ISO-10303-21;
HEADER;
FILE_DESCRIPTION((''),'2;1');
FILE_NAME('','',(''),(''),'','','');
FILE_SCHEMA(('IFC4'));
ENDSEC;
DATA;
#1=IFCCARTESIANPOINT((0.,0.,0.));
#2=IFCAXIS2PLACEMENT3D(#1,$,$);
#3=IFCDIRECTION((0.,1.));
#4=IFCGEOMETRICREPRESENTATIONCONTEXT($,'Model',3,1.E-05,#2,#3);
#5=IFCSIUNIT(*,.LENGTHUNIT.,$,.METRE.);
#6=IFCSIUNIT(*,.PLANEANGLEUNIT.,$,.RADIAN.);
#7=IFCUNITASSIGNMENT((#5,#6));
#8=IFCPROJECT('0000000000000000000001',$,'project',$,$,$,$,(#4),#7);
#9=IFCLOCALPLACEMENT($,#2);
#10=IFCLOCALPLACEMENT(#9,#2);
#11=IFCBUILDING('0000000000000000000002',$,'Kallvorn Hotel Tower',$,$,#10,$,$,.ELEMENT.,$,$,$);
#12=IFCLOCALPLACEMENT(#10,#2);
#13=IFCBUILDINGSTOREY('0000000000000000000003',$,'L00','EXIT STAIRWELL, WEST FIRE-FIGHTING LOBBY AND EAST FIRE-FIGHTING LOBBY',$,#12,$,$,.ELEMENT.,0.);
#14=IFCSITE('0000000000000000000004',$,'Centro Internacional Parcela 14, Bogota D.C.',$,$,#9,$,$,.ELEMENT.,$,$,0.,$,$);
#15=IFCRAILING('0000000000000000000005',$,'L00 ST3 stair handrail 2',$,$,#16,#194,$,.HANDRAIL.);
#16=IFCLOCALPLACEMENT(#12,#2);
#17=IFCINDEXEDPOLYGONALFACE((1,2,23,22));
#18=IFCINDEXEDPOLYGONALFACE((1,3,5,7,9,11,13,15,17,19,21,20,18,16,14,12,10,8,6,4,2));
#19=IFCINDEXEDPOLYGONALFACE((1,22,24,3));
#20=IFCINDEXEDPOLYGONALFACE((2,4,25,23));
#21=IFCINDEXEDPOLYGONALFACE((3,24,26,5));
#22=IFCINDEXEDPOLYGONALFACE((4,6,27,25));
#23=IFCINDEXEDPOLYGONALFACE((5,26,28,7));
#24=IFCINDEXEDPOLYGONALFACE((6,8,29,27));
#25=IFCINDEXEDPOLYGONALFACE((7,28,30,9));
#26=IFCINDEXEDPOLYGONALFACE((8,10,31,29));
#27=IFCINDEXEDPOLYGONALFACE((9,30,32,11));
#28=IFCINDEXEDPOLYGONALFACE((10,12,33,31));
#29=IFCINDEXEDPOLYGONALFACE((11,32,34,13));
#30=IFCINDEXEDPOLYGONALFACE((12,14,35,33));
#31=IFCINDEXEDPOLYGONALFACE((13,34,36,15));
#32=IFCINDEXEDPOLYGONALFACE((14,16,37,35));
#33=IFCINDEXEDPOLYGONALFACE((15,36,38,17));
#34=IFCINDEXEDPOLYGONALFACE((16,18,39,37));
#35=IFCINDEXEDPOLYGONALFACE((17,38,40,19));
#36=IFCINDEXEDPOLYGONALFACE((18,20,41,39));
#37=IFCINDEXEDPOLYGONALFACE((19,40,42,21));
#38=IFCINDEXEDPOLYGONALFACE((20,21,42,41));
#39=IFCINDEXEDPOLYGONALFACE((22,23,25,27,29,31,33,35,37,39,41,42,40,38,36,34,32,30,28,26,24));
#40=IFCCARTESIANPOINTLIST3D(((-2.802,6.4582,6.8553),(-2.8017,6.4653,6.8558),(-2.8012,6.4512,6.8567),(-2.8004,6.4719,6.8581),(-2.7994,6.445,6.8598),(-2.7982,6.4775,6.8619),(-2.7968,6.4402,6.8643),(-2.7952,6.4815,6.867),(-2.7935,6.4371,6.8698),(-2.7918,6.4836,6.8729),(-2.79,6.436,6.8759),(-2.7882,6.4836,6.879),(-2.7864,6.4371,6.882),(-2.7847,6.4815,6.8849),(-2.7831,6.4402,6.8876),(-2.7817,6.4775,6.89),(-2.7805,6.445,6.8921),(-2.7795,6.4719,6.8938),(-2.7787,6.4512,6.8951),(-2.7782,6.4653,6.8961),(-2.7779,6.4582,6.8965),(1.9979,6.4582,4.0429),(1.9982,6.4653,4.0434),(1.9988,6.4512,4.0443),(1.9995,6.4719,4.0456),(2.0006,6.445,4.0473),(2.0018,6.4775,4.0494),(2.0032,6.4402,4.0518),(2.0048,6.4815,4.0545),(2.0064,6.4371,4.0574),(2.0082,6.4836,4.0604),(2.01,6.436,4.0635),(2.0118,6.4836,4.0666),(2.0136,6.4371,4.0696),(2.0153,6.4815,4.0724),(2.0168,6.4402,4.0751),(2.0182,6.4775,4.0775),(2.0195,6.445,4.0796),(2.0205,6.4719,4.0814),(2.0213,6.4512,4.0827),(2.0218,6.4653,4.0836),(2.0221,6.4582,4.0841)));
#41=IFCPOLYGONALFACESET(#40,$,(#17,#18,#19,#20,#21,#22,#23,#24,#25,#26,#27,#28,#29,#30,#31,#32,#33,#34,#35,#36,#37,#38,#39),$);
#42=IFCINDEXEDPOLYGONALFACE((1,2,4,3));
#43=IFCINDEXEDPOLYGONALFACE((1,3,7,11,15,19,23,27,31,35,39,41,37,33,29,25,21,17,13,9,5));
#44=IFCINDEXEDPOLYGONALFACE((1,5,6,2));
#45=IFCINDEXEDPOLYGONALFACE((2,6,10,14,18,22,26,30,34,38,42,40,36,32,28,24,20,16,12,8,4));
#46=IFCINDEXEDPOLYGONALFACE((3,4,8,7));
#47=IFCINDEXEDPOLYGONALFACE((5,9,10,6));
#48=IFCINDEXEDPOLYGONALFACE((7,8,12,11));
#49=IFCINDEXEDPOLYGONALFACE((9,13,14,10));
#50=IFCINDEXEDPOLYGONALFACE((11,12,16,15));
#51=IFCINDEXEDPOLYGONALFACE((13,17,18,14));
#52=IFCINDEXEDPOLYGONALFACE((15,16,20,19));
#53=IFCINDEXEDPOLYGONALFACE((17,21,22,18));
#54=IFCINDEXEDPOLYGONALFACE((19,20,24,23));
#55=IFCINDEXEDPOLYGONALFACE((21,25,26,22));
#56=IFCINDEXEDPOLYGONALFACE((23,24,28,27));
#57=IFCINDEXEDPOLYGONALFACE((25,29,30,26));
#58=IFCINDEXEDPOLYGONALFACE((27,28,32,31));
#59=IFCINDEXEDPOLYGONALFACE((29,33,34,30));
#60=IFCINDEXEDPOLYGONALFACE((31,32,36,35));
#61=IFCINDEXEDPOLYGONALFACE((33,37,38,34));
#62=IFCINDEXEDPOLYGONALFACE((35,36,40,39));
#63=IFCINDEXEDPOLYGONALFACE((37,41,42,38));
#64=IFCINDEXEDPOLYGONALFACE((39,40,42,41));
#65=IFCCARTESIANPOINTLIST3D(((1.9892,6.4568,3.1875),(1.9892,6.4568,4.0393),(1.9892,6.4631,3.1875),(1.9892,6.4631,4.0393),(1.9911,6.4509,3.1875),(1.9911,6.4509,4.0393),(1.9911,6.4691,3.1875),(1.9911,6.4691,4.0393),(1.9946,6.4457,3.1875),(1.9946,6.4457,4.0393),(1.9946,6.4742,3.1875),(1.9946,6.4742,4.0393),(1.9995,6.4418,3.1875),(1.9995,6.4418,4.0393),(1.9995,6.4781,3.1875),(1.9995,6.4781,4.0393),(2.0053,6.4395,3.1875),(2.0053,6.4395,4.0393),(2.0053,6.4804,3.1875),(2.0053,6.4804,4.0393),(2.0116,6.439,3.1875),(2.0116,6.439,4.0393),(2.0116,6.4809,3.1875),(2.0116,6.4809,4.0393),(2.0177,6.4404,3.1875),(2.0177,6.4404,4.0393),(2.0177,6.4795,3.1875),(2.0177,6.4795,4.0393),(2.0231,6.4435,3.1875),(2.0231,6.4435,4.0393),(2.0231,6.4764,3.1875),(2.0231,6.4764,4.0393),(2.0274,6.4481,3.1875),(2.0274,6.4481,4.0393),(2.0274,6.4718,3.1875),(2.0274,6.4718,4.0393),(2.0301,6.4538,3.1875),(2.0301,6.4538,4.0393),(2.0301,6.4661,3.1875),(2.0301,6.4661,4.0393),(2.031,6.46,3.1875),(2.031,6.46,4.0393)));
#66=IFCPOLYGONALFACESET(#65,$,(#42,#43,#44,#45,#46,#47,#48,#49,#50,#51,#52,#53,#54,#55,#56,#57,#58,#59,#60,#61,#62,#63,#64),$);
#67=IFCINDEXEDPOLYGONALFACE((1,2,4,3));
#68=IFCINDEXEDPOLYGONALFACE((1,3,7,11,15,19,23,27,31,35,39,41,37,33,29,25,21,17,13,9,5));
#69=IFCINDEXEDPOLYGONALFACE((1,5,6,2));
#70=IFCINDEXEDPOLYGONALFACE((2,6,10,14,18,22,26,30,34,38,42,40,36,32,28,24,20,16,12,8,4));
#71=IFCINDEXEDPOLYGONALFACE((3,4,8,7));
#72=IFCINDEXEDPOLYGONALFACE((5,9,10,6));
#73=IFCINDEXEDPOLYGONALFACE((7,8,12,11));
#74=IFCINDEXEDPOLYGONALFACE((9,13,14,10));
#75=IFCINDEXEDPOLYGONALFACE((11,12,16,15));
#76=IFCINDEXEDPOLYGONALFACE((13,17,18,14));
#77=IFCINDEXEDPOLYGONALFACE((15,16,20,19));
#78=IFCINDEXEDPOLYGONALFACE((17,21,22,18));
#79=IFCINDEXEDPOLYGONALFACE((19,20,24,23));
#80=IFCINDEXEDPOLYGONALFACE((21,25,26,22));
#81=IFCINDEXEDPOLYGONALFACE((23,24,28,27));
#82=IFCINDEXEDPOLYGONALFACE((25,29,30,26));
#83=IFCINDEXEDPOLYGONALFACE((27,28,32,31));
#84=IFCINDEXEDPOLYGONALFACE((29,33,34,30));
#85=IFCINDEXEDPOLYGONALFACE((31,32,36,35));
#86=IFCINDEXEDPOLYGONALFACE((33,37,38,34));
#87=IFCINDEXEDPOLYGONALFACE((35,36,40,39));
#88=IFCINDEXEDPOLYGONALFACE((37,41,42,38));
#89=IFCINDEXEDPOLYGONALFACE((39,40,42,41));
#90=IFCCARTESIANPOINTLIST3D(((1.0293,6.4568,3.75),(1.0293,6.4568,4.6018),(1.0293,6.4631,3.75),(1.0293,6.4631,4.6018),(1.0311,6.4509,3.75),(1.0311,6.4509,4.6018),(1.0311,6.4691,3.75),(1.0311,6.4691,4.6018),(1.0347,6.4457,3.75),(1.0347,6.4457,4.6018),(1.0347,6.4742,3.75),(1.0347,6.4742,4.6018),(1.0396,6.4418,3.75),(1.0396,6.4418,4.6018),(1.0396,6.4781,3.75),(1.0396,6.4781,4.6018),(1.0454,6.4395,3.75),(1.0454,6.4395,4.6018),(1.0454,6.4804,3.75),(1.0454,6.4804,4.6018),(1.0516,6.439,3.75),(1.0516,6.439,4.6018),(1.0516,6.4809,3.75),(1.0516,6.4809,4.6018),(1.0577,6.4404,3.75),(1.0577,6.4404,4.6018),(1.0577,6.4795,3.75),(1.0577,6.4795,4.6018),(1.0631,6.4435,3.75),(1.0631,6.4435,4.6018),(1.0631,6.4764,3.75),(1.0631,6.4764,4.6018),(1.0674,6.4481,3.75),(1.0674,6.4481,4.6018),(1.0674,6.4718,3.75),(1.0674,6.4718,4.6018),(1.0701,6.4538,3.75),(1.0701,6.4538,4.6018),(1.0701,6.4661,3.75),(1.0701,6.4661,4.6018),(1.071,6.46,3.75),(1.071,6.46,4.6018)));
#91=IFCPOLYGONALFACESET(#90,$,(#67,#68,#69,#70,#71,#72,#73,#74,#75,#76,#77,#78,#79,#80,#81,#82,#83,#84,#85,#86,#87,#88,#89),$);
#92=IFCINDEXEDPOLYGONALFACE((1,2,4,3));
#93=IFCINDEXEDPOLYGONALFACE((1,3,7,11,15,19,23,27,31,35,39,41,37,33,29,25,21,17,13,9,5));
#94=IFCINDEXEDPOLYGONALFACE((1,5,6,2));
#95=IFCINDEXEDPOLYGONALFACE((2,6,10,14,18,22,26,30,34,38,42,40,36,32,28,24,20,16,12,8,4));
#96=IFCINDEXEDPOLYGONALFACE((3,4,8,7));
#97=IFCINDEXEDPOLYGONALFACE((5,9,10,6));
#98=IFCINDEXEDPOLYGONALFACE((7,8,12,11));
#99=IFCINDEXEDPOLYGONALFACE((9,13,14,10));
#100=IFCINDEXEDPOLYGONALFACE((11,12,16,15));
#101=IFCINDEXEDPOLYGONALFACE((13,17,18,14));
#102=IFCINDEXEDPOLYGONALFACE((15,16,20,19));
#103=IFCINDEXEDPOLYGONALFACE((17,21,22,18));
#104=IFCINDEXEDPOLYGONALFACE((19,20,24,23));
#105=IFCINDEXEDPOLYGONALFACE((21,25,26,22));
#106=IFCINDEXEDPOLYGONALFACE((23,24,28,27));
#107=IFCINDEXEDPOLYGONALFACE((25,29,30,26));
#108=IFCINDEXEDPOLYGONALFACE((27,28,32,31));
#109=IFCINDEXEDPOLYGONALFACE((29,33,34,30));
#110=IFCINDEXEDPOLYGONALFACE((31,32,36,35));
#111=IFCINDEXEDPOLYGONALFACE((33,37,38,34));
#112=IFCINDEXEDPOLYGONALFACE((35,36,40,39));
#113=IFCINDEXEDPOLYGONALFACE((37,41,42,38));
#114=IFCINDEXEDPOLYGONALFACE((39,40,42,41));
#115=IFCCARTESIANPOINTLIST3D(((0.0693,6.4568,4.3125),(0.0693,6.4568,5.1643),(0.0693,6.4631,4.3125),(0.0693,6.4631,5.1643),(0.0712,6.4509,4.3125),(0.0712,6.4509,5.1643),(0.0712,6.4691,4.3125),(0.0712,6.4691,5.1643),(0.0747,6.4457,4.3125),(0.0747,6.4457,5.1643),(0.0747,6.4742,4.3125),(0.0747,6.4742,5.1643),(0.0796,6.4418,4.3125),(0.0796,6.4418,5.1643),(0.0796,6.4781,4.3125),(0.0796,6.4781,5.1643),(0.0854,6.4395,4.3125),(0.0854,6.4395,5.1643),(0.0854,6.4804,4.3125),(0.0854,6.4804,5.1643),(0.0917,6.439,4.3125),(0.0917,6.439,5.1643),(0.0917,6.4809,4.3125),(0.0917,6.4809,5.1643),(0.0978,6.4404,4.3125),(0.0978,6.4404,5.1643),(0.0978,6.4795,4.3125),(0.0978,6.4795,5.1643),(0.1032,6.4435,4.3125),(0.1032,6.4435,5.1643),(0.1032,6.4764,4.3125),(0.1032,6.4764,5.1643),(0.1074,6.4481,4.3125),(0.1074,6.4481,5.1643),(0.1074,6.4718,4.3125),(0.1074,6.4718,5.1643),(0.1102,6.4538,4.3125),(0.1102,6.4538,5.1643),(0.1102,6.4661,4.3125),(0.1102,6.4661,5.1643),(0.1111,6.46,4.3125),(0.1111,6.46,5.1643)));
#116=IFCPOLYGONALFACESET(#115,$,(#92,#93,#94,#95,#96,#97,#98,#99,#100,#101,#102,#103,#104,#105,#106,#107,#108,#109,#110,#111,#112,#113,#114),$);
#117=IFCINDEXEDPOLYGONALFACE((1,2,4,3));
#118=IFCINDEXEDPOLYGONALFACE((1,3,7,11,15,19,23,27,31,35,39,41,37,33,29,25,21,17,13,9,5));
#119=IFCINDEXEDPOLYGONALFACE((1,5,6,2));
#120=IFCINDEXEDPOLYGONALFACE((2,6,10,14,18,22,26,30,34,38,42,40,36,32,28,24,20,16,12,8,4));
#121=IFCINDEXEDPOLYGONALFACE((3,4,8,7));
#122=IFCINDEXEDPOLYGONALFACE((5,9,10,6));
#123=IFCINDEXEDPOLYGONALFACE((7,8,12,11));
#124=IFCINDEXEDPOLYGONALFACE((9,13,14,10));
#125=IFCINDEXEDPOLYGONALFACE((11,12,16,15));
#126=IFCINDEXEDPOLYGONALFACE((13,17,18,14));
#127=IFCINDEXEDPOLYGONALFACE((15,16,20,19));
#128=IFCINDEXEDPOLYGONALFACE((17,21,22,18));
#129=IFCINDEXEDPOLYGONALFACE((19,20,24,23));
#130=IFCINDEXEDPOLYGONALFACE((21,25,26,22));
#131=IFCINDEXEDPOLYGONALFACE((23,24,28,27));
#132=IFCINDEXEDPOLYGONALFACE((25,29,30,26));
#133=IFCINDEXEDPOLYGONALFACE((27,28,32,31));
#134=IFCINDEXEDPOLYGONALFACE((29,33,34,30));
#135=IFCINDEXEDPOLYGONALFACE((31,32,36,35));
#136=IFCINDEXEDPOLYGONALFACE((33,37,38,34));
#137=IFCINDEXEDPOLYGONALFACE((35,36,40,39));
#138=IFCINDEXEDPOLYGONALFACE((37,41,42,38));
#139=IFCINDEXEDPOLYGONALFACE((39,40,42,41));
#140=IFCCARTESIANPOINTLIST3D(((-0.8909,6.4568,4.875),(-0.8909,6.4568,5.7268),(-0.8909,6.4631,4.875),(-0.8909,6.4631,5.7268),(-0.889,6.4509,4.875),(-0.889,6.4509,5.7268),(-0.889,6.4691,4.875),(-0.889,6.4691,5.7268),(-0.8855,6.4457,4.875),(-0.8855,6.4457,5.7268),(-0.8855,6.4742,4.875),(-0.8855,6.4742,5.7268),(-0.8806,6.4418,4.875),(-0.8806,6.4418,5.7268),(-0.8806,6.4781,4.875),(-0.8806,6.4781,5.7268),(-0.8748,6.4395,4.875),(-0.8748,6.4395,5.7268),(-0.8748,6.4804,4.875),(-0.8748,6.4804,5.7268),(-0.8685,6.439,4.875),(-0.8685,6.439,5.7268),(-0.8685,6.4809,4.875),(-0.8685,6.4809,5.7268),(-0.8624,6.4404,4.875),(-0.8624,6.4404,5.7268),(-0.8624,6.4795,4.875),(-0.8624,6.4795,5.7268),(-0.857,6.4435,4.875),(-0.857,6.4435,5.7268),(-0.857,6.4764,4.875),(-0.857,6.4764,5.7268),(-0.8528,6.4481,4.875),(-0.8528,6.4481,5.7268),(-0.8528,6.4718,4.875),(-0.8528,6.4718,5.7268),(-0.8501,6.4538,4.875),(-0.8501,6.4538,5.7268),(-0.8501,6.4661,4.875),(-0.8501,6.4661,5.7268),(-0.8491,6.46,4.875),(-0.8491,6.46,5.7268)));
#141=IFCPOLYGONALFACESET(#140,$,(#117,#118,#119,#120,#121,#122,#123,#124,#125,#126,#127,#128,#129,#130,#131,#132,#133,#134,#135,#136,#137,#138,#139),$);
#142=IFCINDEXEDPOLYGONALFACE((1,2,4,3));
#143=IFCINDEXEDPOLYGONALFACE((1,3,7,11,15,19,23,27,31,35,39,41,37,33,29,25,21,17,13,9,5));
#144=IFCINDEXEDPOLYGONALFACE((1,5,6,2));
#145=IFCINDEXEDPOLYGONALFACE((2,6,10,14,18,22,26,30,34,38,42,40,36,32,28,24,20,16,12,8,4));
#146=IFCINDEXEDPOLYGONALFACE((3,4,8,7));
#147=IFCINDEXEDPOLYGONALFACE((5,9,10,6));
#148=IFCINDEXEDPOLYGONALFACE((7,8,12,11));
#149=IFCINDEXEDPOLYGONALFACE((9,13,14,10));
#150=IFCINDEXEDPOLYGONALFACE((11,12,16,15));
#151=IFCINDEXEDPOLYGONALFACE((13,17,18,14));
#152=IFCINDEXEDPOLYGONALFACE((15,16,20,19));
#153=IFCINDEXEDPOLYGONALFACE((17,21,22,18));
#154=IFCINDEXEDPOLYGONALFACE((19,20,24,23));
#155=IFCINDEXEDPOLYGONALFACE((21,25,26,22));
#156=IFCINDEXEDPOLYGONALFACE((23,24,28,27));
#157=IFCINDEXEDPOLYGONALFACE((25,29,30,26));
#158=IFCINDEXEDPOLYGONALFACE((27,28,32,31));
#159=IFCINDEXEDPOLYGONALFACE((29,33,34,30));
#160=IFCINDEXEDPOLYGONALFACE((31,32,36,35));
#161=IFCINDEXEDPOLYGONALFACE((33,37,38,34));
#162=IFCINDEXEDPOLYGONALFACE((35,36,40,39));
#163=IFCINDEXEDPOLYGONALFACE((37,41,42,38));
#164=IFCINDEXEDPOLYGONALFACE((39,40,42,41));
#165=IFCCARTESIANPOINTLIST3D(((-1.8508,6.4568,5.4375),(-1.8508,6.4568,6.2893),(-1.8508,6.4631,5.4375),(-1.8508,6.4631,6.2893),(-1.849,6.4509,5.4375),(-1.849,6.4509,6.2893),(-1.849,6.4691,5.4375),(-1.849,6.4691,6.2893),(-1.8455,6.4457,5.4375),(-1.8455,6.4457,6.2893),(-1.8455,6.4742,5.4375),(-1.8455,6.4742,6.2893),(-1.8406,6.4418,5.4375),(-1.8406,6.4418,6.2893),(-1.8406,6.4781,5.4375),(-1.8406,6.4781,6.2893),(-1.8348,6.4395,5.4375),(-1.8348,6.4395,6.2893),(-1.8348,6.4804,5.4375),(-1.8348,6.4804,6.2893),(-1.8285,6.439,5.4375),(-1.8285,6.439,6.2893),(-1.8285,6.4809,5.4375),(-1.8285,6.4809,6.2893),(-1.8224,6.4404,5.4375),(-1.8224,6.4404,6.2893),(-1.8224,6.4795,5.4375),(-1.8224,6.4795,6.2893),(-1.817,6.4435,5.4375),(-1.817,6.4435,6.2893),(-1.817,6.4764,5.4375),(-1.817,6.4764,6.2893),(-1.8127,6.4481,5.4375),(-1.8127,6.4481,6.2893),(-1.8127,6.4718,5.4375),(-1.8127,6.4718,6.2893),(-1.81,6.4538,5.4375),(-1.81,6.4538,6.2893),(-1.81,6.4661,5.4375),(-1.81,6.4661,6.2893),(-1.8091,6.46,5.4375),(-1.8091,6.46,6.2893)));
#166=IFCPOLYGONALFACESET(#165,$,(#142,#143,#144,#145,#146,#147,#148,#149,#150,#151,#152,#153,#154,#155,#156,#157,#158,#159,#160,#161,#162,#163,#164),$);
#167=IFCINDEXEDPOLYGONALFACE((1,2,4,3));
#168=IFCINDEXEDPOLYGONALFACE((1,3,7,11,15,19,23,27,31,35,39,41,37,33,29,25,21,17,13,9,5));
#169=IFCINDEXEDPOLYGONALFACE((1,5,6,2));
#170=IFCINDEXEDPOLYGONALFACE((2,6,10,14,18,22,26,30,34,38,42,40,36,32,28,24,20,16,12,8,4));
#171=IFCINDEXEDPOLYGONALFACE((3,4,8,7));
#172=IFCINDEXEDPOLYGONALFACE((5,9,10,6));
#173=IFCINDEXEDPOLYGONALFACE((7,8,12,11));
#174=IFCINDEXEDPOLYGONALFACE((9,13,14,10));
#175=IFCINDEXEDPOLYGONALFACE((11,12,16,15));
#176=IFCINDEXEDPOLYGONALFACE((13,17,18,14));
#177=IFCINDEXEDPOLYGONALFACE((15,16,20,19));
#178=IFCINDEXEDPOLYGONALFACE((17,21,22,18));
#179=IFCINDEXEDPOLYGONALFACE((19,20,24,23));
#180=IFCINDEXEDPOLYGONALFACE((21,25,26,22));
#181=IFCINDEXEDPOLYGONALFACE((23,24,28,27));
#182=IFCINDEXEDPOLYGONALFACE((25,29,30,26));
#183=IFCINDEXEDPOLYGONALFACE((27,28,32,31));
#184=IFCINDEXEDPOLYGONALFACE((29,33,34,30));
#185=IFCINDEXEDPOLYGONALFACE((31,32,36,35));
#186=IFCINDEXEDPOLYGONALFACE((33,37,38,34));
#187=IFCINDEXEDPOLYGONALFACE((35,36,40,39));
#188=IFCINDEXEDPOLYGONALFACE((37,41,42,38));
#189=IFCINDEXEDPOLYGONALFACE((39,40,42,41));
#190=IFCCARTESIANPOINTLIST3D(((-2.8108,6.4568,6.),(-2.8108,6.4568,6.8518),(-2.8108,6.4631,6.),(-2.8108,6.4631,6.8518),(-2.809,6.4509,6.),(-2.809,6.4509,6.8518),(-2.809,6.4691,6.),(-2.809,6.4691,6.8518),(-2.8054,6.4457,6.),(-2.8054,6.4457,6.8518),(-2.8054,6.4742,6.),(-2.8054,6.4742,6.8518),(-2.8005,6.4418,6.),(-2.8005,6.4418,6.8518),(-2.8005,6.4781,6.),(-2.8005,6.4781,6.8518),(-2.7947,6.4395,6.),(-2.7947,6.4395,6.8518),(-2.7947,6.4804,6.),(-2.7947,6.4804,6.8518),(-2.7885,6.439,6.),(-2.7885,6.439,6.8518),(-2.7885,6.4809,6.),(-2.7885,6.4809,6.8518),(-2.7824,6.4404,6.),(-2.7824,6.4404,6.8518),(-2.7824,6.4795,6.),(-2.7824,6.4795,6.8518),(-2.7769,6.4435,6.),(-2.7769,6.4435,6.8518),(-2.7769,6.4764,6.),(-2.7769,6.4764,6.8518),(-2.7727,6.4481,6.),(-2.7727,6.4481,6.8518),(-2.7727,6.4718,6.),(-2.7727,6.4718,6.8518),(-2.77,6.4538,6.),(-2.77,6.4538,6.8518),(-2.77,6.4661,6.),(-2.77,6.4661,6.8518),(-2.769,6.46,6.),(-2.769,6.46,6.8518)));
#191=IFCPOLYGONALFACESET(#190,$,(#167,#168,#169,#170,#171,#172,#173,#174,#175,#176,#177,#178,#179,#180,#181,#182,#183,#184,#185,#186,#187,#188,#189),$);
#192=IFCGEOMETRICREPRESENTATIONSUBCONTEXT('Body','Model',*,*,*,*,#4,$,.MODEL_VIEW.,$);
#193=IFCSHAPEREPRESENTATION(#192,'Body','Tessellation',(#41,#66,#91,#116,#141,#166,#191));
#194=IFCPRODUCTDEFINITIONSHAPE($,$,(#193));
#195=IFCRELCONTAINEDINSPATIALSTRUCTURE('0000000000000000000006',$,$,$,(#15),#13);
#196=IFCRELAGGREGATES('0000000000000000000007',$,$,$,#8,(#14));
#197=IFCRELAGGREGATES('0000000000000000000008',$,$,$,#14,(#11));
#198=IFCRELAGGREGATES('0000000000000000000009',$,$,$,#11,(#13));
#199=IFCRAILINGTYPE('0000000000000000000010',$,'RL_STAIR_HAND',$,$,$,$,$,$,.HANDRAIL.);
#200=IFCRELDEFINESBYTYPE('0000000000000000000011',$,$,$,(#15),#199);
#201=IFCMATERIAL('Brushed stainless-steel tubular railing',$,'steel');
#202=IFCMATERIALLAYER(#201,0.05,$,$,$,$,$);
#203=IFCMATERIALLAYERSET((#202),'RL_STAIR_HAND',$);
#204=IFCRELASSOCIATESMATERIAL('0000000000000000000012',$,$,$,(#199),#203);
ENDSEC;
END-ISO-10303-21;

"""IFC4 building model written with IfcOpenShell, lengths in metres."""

from ifc_helpers import new_model, si_unit, direction, frame, origin, origin_2d, place, context, subcontext, project, spatial, circle, extrude, material, layer, layer_set, type_object, element, save


model = new_model("IFC4")

# Units and contexts
model_context = context("Model", 3, precision=1e-05, world=origin(), true_north=direction((0.0, 1.0)))
body_context = subcontext(model_context, "Body", "Model", "MODEL_VIEW")
ifc_project = project(units=[si_unit("LENGTHUNIT", "METRE"), si_unit("PLANEANGLEUNIT", "RADIAN")], contexts=[model_context])

# Site, building, storey
site_placement = place(None, origin())
site = spatial("IfcSite", under=ifc_project, at=site_placement, Name="Centro Internacional Parcela 14, Bogota D.C.", CompositionType="ELEMENT", RefElevation=0.0)
building_placement = place(site_placement, origin())
building = spatial("IfcBuilding", under=site, at=building_placement, Name="Kallvorn Hotel Tower", CompositionType="ELEMENT")
storey_placement = place(building_placement, origin())
storey = spatial("IfcBuildingStorey", under=building, at=storey_placement, Name="L00", Description="EXIT STAIRWELL, WEST FIRE-FIGHTING LOBBY AND EAST FIRE-FIGHTING LOBBY", CompositionType="ELEMENT", Elevation=0.0)

# Railing
ifc_material_1 = material(Name="Brushed stainless-steel tubular railing", Category="steel")
ifc_layer_1 = layer(ifc_material_1, 0.05)
ifc_layer_set_1 = layer_set([ifc_layer_1], Name="RL_STAIR_HAND")
railing_type = type_object("IfcRailingType", Name="RL_STAIR_HAND", PredefinedType="HANDRAIL", material=ifc_layer_set_1)
railing_placement = place(storey_placement, frame((2.01, 6.46, 3.1875)))
element("IfcRailing", 1, at=railing_placement, inside=storey, type_object=railing_type, Name="L00 ST3 stair handrail 2", PredefinedType="HANDRAIL", context=body_context, shape_type="SweptSolid", body=[
    extrude(circle(Radius=0.0239, at=origin_2d()), frame((0.0, 0.0, 0.876), z_axis=(-0.862802, 0.0, 0.505543), x_axis=(0.0, -1.0, 0.0)), (0.0, 0.0, 1.0), 5.5632),
    extrude(circle(Radius=0.021, at=origin_2d()), origin(), (0.0, 0.0, 1.0), 0.8518),
    extrude(circle(Radius=0.021, at=origin_2d()), frame((-0.96, 0.0, 0.5625)), (0.0, 0.0, 1.0), 0.8518),
    extrude(circle(Radius=0.021, at=origin_2d()), frame((-1.9199, 0.0, 1.125)), (0.0, 0.0, 1.0), 0.8518),
    extrude(circle(Radius=0.021, at=origin_2d()), frame((-2.8801, 0.0, 1.6875)), (0.0, 0.0, 1.0), 0.8518),
    extrude(circle(Radius=0.021, at=origin_2d()), frame((-3.8401, 0.0, 2.25)), (0.0, 0.0, 1.0), 0.8518),
    extrude(circle(Radius=0.021, at=origin_2d()), frame((-4.8, 0.0, 2.8125)), (0.0, 0.0, 1.0), 0.8518),
])

save(model, "model.ifc")
